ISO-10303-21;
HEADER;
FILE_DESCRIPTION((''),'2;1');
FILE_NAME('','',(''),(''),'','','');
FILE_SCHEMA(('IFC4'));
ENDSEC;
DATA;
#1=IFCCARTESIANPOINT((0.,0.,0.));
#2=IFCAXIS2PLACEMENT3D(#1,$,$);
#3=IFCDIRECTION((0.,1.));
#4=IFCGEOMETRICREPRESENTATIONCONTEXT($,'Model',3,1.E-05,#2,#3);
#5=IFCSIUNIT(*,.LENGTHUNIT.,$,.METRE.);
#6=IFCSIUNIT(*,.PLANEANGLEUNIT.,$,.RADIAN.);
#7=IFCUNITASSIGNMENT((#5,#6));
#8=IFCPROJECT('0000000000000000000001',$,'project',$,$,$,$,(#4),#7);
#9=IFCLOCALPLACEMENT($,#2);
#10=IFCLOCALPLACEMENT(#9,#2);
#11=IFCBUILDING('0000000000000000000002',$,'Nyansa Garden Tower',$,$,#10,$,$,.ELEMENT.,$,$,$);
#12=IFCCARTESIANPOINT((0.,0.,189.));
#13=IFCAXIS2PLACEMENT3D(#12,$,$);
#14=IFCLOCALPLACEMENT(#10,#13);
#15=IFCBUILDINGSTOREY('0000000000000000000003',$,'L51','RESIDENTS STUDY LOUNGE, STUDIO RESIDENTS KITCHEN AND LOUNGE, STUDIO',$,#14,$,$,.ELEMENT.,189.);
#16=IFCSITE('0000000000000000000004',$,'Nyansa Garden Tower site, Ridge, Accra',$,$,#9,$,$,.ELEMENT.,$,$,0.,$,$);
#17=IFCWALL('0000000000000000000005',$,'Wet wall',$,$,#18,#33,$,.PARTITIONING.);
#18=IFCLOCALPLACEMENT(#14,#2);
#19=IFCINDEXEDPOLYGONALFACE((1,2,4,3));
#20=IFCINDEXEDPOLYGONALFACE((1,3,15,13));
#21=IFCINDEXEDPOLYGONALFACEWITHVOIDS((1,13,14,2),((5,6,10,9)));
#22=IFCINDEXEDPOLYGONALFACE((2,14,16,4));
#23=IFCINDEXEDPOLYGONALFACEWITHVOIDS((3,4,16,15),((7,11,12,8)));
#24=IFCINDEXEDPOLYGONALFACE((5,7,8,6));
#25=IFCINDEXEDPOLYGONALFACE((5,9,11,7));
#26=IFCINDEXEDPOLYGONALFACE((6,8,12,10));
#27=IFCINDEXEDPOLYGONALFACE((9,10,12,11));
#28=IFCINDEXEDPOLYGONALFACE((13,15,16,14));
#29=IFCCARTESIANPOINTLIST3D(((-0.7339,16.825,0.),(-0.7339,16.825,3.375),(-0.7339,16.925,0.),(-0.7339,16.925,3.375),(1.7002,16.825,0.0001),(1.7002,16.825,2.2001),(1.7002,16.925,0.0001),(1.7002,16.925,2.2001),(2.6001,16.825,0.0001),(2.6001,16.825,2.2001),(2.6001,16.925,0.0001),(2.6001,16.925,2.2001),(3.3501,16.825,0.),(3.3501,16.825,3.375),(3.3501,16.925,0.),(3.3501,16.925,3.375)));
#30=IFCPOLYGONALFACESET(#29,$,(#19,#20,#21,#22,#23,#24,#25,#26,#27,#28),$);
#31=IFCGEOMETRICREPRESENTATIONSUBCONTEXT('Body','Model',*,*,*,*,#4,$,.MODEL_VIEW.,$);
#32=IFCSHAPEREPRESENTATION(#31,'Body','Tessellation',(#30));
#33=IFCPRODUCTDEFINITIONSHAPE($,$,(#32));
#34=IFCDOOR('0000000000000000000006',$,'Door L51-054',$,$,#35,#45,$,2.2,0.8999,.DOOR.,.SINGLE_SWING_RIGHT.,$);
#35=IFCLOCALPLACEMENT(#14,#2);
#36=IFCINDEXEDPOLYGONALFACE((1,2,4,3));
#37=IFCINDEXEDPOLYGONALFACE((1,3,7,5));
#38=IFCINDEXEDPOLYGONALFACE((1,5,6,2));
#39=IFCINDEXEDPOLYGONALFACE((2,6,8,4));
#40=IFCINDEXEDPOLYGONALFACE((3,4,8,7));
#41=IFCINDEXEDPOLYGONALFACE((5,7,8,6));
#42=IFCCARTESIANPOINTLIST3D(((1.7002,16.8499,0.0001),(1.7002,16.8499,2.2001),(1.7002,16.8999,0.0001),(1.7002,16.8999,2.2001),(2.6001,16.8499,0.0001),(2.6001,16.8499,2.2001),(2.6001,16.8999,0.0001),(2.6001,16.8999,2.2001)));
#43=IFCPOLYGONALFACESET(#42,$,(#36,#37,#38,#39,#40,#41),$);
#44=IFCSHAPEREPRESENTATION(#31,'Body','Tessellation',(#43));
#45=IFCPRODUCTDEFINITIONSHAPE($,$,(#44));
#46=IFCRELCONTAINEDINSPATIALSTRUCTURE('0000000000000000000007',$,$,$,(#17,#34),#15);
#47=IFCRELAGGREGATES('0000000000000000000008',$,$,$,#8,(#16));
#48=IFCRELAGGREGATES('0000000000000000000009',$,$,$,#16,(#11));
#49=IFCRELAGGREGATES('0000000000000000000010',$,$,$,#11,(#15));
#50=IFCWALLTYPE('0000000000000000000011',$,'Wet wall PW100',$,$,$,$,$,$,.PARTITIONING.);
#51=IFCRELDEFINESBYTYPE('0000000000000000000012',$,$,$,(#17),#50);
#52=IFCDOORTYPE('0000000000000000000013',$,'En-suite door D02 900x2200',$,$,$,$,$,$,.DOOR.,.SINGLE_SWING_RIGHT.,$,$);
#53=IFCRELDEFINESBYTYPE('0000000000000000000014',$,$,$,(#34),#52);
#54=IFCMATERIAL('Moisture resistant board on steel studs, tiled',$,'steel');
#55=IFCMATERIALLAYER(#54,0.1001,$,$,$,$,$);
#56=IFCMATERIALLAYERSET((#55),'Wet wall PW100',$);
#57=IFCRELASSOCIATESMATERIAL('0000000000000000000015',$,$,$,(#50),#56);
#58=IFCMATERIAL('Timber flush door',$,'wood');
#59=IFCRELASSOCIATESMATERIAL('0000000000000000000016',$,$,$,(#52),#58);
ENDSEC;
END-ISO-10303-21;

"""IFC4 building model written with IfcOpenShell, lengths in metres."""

from ifc_helpers import new_model, si_unit, direction, frame, frame_2d, origin, place, context, subcontext, project, spatial, rectangle, extrude, material, layer, layer_set, type_object, element, fill, save


model = new_model("IFC4")

# Units and contexts
model_context = context("Model", 3, precision=1e-05, world=origin(), true_north=direction((0.0, 1.0)))
body_context = subcontext(model_context, "Body", "Model", "MODEL_VIEW")
ifc_project = project(units=[si_unit("LENGTHUNIT", "METRE"), si_unit("PLANEANGLEUNIT", "RADIAN")], contexts=[model_context])

# Site, building, storey
site_placement = place(None, origin())
site = spatial("IfcSite", under=ifc_project, at=site_placement, Name="Nyansa Garden Tower site, Ridge, Accra", CompositionType="ELEMENT", RefElevation=0.0)
building_placement = place(site_placement, origin())
building = spatial("IfcBuilding", under=site, at=building_placement, Name="Nyansa Garden Tower", CompositionType="ELEMENT")
storey_placement = place(building_placement, frame((0.0, 0.0, 189.0)))
storey = spatial("IfcBuildingStorey", under=building, at=storey_placement, Name="L51", Description="RESIDENTS STUDY LOUNGE, STUDIO RESIDENTS KITCHEN AND LOUNGE, STUDIO", CompositionType="ELEMENT", Elevation=189.0)

# Wall, opening, door
ifc_material_1 = material(Name="Moisture resistant board on steel studs, tiled", Category="steel")
ifc_layer_1 = layer(ifc_material_1, 0.1001)
ifc_layer_set_1 = layer_set([ifc_layer_1], Name="Wet wall PW100")
wall_type_1 = type_object("IfcWallType", Name="Wet wall PW100", PredefinedType="PARTITIONING", material=ifc_layer_set_1)
wall_1_placement = place(storey_placement, frame((-0.7339, 16.875, 0.0), z_axis=(0.0, 0.0, 1.0), x_axis=(1.0, 0.0, 0.0)))
wall_1 = element("IfcWall", 1, at=wall_1_placement, inside=storey, type_object=wall_type_1, Name="Wet wall", PredefinedType="PARTITIONING", context=body_context, shape_type="SweptSolid", body=[
    extrude(rectangle(XDim=4.084, YDim=0.1001, at=frame_2d((2.042, 0.0))), origin(), (0.0, 0.0, 1.0), 3.375),
])
opening_placement = place(wall_1_placement, frame((2.4341, 0.0, 0.0)))
opening = element("IfcOpeningElement", 2, at=opening_placement, cuts=wall_1, PredefinedType="OPENING", context=body_context, shape_type="SweptSolid", body=[
    extrude(rectangle(XDim=0.8999, YDim=2.2, at=frame_2d((0.45, 1.1001))), frame((0.0, 0.0601, 0.0), z_axis=(0.0, -1.0, 0.0), x_axis=(1.0, 0.0, 0.0)), (0.0, 0.0, 1.0), 0.1201),
])
ifc_material_2 = material(Name="Timber flush door", Category="wood")
door_type = type_object("IfcDoorType", Name="En-suite door D02 900x2200", OperationType="SINGLE_SWING_RIGHT", PredefinedType="DOOR", material=ifc_material_2)
door_placement = place(opening_placement, origin())
door = element("IfcDoor", 3, at=door_placement, inside=storey, type_object=door_type, Name="Door L51-054", OperationType="SINGLE_SWING_RIGHT", OverallHeight=2.2, OverallWidth=0.8999, PredefinedType="DOOR", context=body_context, shape_type="SweptSolid", body=[
    extrude(rectangle(XDim=0.8999, YDim=2.2, at=frame_2d((0.45, 1.1001))), frame((0.0, 0.0249, 0.0), z_axis=(0.0, -1.0, 0.0), x_axis=(1.0, 0.0, 0.0)), (0.0, 0.0, 1.0), 0.05),
])
fill(opening, door)

save(model, "model.ifc")
